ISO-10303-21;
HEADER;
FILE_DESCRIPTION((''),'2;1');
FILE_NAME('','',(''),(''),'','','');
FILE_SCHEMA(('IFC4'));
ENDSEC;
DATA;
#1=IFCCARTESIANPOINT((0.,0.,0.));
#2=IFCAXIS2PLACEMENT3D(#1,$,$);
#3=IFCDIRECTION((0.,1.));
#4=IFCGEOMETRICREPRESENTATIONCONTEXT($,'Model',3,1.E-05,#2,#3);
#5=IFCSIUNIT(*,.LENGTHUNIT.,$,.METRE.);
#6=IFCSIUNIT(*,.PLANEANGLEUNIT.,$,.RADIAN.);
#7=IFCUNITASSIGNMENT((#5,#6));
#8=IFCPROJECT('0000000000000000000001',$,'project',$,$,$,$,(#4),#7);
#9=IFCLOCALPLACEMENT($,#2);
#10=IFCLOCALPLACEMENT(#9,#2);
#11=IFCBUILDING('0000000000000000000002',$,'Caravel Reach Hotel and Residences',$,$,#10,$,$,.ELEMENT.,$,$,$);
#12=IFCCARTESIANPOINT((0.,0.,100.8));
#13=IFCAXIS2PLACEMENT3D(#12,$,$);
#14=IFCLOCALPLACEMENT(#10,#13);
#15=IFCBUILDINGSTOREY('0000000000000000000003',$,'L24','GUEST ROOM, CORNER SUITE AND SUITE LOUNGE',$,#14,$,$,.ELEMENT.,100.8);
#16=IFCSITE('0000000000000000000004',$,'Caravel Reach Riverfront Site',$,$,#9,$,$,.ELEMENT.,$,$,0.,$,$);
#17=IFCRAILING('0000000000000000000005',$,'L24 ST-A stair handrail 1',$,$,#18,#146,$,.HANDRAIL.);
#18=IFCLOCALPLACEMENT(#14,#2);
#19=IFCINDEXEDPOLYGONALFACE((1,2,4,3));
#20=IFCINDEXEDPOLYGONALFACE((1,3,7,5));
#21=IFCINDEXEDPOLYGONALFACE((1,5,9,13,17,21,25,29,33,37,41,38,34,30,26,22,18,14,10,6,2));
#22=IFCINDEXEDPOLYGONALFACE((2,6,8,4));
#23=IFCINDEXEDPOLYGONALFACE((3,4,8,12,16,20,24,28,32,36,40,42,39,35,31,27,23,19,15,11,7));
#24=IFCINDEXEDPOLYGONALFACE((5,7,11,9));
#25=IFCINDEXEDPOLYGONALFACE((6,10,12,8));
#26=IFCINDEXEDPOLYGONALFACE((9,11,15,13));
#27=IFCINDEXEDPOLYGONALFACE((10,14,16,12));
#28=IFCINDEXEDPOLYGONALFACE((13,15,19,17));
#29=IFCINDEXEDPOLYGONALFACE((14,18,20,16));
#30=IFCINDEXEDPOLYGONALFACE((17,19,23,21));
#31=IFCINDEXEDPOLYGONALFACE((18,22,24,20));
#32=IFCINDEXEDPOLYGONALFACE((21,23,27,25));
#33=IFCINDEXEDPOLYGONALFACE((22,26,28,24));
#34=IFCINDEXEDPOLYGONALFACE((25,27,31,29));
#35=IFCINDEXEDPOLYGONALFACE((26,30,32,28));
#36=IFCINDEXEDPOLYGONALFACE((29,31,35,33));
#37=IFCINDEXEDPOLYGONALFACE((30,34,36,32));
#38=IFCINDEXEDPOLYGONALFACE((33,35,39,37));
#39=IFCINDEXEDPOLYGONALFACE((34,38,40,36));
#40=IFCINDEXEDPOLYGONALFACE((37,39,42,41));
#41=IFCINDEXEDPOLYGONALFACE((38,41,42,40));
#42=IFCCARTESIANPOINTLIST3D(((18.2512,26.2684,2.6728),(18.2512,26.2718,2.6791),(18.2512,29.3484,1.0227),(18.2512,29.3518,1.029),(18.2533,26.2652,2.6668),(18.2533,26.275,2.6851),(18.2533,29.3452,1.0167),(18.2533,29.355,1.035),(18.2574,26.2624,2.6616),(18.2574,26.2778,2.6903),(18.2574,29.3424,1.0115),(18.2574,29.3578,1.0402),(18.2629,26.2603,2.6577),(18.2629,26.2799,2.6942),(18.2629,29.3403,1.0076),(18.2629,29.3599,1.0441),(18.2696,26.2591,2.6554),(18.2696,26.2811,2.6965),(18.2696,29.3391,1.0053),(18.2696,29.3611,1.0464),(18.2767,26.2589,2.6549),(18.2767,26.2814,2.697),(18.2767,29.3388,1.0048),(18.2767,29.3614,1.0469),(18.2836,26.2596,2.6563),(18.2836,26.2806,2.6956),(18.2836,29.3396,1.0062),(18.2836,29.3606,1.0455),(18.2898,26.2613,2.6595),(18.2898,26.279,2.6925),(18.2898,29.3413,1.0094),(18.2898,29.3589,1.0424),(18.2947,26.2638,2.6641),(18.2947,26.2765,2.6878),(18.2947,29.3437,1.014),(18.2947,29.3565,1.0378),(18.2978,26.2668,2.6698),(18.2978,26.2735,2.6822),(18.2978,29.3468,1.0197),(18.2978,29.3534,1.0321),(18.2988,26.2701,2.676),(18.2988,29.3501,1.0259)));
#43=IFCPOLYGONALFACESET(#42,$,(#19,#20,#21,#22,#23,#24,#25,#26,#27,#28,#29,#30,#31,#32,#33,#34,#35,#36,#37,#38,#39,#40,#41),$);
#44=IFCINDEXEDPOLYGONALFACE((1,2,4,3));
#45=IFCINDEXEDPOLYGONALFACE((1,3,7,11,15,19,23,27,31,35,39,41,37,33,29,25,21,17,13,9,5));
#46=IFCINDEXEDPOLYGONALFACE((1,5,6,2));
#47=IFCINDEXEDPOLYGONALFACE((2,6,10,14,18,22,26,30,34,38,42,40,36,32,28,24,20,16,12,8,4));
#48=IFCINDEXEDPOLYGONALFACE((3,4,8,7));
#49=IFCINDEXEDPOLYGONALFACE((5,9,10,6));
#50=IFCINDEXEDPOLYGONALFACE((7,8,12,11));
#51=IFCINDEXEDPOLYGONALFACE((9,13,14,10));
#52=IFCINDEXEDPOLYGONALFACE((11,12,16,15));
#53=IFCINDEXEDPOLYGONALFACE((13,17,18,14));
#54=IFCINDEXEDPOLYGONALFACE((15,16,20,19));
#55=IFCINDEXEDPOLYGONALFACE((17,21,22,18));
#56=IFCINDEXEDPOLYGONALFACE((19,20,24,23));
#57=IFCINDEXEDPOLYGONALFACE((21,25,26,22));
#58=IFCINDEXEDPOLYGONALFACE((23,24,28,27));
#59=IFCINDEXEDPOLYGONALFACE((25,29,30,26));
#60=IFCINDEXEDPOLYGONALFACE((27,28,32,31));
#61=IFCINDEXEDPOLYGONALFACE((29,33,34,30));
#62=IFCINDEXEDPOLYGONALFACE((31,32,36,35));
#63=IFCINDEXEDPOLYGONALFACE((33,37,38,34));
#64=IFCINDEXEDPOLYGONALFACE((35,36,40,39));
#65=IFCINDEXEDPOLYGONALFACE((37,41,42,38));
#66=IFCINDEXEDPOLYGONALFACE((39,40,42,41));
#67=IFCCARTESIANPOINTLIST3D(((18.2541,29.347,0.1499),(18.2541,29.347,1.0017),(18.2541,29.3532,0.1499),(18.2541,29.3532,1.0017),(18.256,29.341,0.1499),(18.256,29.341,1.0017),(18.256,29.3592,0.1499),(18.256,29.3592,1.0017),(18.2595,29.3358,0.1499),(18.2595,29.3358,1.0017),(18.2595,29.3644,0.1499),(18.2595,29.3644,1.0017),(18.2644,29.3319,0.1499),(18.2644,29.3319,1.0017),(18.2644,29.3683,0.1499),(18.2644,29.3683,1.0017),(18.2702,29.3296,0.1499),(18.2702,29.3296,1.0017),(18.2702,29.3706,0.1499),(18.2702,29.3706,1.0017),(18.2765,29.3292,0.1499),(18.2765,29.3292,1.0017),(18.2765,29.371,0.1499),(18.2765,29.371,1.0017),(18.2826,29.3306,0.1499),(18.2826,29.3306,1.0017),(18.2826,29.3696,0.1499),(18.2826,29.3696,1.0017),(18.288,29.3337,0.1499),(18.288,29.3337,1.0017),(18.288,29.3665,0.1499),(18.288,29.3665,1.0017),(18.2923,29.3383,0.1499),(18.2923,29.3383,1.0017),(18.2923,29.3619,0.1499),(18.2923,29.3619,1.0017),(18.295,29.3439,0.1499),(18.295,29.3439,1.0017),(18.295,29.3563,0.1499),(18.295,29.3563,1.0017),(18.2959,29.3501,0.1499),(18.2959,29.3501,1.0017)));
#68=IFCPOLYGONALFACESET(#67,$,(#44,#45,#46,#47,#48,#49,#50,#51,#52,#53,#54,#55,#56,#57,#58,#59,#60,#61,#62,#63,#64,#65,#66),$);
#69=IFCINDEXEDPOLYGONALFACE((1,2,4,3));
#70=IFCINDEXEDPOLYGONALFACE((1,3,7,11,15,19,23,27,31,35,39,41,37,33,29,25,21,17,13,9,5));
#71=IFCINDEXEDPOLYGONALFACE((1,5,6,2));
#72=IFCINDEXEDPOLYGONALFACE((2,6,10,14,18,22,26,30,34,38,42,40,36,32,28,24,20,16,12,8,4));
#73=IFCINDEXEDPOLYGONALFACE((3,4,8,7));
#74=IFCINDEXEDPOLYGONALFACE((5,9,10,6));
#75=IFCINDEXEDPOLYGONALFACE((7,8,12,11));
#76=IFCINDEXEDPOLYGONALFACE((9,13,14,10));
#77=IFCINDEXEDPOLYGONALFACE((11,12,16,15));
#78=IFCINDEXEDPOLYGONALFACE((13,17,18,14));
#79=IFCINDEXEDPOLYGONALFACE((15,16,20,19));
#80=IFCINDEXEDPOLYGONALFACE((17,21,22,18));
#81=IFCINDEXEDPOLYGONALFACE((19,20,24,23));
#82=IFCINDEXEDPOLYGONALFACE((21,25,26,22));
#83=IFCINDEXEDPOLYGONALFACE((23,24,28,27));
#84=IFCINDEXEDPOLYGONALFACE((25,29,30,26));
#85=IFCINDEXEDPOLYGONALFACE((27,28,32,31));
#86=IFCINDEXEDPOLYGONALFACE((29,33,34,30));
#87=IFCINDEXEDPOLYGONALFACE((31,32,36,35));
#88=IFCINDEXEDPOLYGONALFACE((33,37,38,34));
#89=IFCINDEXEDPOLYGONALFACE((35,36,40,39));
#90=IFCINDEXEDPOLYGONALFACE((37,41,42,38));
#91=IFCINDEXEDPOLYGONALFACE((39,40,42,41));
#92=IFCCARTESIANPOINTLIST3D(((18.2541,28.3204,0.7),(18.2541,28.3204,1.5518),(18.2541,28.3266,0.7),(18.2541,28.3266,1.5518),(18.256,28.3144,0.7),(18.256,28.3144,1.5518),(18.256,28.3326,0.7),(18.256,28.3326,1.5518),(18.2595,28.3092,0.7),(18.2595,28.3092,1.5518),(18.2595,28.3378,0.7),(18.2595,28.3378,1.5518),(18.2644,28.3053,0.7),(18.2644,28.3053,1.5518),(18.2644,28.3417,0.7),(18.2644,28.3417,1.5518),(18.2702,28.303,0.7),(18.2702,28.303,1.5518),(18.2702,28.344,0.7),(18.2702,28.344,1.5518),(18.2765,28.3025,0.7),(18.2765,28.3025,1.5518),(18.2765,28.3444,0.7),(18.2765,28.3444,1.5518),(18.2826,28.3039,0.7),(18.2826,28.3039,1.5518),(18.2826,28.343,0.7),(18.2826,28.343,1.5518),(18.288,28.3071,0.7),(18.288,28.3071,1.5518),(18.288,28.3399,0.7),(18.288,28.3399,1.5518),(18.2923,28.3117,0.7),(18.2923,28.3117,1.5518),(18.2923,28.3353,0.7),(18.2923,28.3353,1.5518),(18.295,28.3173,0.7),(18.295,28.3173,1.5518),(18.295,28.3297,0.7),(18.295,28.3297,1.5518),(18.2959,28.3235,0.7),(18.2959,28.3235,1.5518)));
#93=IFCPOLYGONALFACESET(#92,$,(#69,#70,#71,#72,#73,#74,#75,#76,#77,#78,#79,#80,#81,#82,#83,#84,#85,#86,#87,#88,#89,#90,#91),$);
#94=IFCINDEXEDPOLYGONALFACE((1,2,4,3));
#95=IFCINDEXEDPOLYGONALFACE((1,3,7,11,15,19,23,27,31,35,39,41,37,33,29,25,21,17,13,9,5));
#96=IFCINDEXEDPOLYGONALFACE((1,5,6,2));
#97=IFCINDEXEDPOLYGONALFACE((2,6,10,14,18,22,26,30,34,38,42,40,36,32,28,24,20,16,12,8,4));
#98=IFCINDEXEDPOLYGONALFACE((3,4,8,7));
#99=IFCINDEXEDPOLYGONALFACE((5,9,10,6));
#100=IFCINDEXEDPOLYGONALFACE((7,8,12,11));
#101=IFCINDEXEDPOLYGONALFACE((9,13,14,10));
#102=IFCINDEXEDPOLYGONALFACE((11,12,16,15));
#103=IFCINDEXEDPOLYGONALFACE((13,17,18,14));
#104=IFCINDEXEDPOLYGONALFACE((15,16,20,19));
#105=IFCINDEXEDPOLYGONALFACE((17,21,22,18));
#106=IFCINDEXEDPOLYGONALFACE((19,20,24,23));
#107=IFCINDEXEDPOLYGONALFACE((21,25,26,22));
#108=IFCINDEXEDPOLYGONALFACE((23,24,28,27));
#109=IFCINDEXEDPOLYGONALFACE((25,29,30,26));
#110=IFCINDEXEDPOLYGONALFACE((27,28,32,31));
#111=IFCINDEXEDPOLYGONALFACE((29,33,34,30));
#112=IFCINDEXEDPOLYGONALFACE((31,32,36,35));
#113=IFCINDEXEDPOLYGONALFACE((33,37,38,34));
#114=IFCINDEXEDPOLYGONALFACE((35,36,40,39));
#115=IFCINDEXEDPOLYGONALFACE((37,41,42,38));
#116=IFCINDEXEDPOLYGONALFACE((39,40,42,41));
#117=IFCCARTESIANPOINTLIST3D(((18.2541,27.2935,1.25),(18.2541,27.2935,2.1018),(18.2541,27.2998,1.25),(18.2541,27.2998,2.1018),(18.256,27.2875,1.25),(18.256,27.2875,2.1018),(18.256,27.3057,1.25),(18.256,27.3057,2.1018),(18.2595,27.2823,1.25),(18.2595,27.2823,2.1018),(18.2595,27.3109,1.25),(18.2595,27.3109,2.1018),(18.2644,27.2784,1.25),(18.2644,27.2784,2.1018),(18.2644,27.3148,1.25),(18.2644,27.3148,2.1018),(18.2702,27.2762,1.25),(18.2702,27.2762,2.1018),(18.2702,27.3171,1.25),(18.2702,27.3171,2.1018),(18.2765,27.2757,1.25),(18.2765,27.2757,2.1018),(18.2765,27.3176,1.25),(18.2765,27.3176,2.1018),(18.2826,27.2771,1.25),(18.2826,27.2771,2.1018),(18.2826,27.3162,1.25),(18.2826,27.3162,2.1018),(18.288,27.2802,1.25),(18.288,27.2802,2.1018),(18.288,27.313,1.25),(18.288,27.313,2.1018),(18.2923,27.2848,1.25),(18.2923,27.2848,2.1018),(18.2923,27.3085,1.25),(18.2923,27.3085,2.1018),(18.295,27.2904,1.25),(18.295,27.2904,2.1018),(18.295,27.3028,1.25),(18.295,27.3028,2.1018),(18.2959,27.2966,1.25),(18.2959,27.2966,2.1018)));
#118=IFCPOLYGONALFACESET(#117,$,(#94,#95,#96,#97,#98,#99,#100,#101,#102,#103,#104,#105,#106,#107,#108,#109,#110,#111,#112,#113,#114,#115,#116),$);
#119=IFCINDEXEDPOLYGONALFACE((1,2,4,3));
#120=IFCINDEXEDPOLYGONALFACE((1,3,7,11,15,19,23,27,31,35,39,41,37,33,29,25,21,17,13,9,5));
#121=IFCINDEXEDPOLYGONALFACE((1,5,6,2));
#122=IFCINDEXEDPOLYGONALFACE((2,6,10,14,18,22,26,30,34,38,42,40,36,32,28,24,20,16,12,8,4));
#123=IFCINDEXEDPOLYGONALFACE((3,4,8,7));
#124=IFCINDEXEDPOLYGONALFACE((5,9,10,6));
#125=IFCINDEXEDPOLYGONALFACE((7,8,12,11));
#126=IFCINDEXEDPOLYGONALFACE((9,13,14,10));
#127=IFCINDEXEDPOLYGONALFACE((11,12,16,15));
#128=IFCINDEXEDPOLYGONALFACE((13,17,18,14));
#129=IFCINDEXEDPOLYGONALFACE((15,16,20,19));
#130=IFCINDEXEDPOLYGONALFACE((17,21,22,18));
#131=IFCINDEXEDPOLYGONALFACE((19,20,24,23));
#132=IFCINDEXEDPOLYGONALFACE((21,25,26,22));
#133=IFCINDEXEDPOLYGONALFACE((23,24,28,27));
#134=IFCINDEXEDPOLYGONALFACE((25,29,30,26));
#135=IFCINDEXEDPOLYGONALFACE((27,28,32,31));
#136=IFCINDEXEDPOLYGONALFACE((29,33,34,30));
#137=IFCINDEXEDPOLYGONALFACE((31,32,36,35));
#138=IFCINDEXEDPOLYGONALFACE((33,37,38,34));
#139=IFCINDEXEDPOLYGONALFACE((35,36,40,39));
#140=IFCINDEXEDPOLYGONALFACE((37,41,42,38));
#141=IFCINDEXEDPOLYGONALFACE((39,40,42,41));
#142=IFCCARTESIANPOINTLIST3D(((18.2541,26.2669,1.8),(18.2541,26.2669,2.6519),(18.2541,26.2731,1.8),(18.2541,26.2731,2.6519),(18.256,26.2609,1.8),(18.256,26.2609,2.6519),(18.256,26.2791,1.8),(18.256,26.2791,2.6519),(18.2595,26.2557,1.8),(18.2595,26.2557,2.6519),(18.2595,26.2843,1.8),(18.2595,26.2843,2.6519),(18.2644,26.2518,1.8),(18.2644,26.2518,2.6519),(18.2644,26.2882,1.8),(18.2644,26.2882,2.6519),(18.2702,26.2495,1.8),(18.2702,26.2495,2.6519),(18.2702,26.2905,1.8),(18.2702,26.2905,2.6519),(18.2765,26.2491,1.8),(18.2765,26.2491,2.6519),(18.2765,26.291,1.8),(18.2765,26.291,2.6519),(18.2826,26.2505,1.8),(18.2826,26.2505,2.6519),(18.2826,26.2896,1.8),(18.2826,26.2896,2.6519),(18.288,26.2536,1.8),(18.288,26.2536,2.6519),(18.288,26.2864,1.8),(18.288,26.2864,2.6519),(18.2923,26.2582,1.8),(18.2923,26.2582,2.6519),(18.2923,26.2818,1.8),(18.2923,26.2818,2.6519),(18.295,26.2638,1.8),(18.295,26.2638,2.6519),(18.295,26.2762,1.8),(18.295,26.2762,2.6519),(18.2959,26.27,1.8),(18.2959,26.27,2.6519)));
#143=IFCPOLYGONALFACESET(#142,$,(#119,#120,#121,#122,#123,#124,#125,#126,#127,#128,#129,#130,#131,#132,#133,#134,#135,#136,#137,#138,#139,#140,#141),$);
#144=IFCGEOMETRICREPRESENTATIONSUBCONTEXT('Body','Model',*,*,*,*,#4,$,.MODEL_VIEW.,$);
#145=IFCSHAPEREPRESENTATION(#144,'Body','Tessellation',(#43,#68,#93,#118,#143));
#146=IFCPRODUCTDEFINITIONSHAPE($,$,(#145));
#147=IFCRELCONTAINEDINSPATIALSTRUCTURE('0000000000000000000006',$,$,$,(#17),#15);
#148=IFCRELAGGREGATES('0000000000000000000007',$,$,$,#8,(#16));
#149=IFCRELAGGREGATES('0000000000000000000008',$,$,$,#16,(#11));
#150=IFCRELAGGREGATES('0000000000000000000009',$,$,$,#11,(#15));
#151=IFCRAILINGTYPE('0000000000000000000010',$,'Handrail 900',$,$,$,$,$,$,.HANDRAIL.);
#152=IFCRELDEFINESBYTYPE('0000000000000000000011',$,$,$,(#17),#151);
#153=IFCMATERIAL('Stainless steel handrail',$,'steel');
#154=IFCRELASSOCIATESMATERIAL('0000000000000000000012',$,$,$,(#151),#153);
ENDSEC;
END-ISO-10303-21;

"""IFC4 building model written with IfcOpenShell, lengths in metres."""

from ifc_helpers import new_model, si_unit, direction, frame, origin, origin_2d, place, context, subcontext, project, spatial, circle, extrude, material, type_object, element, save


model = new_model("IFC4")

# Units and contexts
model_context = context("Model", 3, precision=1e-05, world=origin(), true_north=direction((0.0, 1.0)))
body_context = subcontext(model_context, "Body", "Model", "MODEL_VIEW")
ifc_project = project(units=[si_unit("LENGTHUNIT", "METRE"), si_unit("PLANEANGLEUNIT", "RADIAN")], contexts=[model_context])

# Site, building, storey
site_placement = place(None, origin())
site = spatial("IfcSite", under=ifc_project, at=site_placement, Name="Caravel Reach Riverfront Site", CompositionType="ELEMENT", RefElevation=0.0)
building_placement = place(site_placement, origin())
building = spatial("IfcBuilding", under=site, at=building_placement, Name="Caravel Reach Hotel and Residences", CompositionType="ELEMENT")
storey_placement = place(building_placement, frame((0.0, 0.0, 100.8)))
storey = spatial("IfcBuildingStorey", under=building, at=storey_placement, Name="L24", Description="GUEST ROOM, CORNER SUITE AND SUITE LOUNGE", CompositionType="ELEMENT", Elevation=100.8)

# Railing
ifc_material_1 = material(Name="Stainless steel handrail", Category="steel")
railing_type_1 = type_object("IfcRailingType", Name="Handrail 900", PredefinedType="HANDRAIL", material=ifc_material_1)
railing_1_placement = place(storey_placement, frame((18.2749, 29.3501, 0.1499)))
element("IfcRailing", 1, at=railing_1_placement, inside=storey, type_object=railing_type_1, Name="L24 ST-A stair handrail 1", PredefinedType="HANDRAIL", context=body_context, shape_type="SweptSolid", body=[
    extrude(circle(Radius=0.0239, at=origin_2d()), frame((0.0, 0.0, 0.876), z_axis=(0.0, -0.881468, 0.472245), x_axis=(1.0, 0.0, 0.0)), (0.0, 0.0, 1.0), 3.4941),
    extrude(circle(Radius=0.021, at=origin_2d()), origin(), (0.0, 0.0, 1.0), 0.8518),
    extrude(circle(Radius=0.021, at=origin_2d()), frame((0.0, -1.0266, 0.55)), (0.0, 0.0, 1.0), 0.8518),
    extrude(circle(Radius=0.021, at=origin_2d()), frame((0.0, -2.0535, 1.1001)), (0.0, 0.0, 1.0), 0.8518),
    extrude(circle(Radius=0.021, at=origin_2d()), frame((0.0, -3.0801, 1.6501)), (0.0, 0.0, 1.0), 0.8518),
])

save(model, "model.ifc")
